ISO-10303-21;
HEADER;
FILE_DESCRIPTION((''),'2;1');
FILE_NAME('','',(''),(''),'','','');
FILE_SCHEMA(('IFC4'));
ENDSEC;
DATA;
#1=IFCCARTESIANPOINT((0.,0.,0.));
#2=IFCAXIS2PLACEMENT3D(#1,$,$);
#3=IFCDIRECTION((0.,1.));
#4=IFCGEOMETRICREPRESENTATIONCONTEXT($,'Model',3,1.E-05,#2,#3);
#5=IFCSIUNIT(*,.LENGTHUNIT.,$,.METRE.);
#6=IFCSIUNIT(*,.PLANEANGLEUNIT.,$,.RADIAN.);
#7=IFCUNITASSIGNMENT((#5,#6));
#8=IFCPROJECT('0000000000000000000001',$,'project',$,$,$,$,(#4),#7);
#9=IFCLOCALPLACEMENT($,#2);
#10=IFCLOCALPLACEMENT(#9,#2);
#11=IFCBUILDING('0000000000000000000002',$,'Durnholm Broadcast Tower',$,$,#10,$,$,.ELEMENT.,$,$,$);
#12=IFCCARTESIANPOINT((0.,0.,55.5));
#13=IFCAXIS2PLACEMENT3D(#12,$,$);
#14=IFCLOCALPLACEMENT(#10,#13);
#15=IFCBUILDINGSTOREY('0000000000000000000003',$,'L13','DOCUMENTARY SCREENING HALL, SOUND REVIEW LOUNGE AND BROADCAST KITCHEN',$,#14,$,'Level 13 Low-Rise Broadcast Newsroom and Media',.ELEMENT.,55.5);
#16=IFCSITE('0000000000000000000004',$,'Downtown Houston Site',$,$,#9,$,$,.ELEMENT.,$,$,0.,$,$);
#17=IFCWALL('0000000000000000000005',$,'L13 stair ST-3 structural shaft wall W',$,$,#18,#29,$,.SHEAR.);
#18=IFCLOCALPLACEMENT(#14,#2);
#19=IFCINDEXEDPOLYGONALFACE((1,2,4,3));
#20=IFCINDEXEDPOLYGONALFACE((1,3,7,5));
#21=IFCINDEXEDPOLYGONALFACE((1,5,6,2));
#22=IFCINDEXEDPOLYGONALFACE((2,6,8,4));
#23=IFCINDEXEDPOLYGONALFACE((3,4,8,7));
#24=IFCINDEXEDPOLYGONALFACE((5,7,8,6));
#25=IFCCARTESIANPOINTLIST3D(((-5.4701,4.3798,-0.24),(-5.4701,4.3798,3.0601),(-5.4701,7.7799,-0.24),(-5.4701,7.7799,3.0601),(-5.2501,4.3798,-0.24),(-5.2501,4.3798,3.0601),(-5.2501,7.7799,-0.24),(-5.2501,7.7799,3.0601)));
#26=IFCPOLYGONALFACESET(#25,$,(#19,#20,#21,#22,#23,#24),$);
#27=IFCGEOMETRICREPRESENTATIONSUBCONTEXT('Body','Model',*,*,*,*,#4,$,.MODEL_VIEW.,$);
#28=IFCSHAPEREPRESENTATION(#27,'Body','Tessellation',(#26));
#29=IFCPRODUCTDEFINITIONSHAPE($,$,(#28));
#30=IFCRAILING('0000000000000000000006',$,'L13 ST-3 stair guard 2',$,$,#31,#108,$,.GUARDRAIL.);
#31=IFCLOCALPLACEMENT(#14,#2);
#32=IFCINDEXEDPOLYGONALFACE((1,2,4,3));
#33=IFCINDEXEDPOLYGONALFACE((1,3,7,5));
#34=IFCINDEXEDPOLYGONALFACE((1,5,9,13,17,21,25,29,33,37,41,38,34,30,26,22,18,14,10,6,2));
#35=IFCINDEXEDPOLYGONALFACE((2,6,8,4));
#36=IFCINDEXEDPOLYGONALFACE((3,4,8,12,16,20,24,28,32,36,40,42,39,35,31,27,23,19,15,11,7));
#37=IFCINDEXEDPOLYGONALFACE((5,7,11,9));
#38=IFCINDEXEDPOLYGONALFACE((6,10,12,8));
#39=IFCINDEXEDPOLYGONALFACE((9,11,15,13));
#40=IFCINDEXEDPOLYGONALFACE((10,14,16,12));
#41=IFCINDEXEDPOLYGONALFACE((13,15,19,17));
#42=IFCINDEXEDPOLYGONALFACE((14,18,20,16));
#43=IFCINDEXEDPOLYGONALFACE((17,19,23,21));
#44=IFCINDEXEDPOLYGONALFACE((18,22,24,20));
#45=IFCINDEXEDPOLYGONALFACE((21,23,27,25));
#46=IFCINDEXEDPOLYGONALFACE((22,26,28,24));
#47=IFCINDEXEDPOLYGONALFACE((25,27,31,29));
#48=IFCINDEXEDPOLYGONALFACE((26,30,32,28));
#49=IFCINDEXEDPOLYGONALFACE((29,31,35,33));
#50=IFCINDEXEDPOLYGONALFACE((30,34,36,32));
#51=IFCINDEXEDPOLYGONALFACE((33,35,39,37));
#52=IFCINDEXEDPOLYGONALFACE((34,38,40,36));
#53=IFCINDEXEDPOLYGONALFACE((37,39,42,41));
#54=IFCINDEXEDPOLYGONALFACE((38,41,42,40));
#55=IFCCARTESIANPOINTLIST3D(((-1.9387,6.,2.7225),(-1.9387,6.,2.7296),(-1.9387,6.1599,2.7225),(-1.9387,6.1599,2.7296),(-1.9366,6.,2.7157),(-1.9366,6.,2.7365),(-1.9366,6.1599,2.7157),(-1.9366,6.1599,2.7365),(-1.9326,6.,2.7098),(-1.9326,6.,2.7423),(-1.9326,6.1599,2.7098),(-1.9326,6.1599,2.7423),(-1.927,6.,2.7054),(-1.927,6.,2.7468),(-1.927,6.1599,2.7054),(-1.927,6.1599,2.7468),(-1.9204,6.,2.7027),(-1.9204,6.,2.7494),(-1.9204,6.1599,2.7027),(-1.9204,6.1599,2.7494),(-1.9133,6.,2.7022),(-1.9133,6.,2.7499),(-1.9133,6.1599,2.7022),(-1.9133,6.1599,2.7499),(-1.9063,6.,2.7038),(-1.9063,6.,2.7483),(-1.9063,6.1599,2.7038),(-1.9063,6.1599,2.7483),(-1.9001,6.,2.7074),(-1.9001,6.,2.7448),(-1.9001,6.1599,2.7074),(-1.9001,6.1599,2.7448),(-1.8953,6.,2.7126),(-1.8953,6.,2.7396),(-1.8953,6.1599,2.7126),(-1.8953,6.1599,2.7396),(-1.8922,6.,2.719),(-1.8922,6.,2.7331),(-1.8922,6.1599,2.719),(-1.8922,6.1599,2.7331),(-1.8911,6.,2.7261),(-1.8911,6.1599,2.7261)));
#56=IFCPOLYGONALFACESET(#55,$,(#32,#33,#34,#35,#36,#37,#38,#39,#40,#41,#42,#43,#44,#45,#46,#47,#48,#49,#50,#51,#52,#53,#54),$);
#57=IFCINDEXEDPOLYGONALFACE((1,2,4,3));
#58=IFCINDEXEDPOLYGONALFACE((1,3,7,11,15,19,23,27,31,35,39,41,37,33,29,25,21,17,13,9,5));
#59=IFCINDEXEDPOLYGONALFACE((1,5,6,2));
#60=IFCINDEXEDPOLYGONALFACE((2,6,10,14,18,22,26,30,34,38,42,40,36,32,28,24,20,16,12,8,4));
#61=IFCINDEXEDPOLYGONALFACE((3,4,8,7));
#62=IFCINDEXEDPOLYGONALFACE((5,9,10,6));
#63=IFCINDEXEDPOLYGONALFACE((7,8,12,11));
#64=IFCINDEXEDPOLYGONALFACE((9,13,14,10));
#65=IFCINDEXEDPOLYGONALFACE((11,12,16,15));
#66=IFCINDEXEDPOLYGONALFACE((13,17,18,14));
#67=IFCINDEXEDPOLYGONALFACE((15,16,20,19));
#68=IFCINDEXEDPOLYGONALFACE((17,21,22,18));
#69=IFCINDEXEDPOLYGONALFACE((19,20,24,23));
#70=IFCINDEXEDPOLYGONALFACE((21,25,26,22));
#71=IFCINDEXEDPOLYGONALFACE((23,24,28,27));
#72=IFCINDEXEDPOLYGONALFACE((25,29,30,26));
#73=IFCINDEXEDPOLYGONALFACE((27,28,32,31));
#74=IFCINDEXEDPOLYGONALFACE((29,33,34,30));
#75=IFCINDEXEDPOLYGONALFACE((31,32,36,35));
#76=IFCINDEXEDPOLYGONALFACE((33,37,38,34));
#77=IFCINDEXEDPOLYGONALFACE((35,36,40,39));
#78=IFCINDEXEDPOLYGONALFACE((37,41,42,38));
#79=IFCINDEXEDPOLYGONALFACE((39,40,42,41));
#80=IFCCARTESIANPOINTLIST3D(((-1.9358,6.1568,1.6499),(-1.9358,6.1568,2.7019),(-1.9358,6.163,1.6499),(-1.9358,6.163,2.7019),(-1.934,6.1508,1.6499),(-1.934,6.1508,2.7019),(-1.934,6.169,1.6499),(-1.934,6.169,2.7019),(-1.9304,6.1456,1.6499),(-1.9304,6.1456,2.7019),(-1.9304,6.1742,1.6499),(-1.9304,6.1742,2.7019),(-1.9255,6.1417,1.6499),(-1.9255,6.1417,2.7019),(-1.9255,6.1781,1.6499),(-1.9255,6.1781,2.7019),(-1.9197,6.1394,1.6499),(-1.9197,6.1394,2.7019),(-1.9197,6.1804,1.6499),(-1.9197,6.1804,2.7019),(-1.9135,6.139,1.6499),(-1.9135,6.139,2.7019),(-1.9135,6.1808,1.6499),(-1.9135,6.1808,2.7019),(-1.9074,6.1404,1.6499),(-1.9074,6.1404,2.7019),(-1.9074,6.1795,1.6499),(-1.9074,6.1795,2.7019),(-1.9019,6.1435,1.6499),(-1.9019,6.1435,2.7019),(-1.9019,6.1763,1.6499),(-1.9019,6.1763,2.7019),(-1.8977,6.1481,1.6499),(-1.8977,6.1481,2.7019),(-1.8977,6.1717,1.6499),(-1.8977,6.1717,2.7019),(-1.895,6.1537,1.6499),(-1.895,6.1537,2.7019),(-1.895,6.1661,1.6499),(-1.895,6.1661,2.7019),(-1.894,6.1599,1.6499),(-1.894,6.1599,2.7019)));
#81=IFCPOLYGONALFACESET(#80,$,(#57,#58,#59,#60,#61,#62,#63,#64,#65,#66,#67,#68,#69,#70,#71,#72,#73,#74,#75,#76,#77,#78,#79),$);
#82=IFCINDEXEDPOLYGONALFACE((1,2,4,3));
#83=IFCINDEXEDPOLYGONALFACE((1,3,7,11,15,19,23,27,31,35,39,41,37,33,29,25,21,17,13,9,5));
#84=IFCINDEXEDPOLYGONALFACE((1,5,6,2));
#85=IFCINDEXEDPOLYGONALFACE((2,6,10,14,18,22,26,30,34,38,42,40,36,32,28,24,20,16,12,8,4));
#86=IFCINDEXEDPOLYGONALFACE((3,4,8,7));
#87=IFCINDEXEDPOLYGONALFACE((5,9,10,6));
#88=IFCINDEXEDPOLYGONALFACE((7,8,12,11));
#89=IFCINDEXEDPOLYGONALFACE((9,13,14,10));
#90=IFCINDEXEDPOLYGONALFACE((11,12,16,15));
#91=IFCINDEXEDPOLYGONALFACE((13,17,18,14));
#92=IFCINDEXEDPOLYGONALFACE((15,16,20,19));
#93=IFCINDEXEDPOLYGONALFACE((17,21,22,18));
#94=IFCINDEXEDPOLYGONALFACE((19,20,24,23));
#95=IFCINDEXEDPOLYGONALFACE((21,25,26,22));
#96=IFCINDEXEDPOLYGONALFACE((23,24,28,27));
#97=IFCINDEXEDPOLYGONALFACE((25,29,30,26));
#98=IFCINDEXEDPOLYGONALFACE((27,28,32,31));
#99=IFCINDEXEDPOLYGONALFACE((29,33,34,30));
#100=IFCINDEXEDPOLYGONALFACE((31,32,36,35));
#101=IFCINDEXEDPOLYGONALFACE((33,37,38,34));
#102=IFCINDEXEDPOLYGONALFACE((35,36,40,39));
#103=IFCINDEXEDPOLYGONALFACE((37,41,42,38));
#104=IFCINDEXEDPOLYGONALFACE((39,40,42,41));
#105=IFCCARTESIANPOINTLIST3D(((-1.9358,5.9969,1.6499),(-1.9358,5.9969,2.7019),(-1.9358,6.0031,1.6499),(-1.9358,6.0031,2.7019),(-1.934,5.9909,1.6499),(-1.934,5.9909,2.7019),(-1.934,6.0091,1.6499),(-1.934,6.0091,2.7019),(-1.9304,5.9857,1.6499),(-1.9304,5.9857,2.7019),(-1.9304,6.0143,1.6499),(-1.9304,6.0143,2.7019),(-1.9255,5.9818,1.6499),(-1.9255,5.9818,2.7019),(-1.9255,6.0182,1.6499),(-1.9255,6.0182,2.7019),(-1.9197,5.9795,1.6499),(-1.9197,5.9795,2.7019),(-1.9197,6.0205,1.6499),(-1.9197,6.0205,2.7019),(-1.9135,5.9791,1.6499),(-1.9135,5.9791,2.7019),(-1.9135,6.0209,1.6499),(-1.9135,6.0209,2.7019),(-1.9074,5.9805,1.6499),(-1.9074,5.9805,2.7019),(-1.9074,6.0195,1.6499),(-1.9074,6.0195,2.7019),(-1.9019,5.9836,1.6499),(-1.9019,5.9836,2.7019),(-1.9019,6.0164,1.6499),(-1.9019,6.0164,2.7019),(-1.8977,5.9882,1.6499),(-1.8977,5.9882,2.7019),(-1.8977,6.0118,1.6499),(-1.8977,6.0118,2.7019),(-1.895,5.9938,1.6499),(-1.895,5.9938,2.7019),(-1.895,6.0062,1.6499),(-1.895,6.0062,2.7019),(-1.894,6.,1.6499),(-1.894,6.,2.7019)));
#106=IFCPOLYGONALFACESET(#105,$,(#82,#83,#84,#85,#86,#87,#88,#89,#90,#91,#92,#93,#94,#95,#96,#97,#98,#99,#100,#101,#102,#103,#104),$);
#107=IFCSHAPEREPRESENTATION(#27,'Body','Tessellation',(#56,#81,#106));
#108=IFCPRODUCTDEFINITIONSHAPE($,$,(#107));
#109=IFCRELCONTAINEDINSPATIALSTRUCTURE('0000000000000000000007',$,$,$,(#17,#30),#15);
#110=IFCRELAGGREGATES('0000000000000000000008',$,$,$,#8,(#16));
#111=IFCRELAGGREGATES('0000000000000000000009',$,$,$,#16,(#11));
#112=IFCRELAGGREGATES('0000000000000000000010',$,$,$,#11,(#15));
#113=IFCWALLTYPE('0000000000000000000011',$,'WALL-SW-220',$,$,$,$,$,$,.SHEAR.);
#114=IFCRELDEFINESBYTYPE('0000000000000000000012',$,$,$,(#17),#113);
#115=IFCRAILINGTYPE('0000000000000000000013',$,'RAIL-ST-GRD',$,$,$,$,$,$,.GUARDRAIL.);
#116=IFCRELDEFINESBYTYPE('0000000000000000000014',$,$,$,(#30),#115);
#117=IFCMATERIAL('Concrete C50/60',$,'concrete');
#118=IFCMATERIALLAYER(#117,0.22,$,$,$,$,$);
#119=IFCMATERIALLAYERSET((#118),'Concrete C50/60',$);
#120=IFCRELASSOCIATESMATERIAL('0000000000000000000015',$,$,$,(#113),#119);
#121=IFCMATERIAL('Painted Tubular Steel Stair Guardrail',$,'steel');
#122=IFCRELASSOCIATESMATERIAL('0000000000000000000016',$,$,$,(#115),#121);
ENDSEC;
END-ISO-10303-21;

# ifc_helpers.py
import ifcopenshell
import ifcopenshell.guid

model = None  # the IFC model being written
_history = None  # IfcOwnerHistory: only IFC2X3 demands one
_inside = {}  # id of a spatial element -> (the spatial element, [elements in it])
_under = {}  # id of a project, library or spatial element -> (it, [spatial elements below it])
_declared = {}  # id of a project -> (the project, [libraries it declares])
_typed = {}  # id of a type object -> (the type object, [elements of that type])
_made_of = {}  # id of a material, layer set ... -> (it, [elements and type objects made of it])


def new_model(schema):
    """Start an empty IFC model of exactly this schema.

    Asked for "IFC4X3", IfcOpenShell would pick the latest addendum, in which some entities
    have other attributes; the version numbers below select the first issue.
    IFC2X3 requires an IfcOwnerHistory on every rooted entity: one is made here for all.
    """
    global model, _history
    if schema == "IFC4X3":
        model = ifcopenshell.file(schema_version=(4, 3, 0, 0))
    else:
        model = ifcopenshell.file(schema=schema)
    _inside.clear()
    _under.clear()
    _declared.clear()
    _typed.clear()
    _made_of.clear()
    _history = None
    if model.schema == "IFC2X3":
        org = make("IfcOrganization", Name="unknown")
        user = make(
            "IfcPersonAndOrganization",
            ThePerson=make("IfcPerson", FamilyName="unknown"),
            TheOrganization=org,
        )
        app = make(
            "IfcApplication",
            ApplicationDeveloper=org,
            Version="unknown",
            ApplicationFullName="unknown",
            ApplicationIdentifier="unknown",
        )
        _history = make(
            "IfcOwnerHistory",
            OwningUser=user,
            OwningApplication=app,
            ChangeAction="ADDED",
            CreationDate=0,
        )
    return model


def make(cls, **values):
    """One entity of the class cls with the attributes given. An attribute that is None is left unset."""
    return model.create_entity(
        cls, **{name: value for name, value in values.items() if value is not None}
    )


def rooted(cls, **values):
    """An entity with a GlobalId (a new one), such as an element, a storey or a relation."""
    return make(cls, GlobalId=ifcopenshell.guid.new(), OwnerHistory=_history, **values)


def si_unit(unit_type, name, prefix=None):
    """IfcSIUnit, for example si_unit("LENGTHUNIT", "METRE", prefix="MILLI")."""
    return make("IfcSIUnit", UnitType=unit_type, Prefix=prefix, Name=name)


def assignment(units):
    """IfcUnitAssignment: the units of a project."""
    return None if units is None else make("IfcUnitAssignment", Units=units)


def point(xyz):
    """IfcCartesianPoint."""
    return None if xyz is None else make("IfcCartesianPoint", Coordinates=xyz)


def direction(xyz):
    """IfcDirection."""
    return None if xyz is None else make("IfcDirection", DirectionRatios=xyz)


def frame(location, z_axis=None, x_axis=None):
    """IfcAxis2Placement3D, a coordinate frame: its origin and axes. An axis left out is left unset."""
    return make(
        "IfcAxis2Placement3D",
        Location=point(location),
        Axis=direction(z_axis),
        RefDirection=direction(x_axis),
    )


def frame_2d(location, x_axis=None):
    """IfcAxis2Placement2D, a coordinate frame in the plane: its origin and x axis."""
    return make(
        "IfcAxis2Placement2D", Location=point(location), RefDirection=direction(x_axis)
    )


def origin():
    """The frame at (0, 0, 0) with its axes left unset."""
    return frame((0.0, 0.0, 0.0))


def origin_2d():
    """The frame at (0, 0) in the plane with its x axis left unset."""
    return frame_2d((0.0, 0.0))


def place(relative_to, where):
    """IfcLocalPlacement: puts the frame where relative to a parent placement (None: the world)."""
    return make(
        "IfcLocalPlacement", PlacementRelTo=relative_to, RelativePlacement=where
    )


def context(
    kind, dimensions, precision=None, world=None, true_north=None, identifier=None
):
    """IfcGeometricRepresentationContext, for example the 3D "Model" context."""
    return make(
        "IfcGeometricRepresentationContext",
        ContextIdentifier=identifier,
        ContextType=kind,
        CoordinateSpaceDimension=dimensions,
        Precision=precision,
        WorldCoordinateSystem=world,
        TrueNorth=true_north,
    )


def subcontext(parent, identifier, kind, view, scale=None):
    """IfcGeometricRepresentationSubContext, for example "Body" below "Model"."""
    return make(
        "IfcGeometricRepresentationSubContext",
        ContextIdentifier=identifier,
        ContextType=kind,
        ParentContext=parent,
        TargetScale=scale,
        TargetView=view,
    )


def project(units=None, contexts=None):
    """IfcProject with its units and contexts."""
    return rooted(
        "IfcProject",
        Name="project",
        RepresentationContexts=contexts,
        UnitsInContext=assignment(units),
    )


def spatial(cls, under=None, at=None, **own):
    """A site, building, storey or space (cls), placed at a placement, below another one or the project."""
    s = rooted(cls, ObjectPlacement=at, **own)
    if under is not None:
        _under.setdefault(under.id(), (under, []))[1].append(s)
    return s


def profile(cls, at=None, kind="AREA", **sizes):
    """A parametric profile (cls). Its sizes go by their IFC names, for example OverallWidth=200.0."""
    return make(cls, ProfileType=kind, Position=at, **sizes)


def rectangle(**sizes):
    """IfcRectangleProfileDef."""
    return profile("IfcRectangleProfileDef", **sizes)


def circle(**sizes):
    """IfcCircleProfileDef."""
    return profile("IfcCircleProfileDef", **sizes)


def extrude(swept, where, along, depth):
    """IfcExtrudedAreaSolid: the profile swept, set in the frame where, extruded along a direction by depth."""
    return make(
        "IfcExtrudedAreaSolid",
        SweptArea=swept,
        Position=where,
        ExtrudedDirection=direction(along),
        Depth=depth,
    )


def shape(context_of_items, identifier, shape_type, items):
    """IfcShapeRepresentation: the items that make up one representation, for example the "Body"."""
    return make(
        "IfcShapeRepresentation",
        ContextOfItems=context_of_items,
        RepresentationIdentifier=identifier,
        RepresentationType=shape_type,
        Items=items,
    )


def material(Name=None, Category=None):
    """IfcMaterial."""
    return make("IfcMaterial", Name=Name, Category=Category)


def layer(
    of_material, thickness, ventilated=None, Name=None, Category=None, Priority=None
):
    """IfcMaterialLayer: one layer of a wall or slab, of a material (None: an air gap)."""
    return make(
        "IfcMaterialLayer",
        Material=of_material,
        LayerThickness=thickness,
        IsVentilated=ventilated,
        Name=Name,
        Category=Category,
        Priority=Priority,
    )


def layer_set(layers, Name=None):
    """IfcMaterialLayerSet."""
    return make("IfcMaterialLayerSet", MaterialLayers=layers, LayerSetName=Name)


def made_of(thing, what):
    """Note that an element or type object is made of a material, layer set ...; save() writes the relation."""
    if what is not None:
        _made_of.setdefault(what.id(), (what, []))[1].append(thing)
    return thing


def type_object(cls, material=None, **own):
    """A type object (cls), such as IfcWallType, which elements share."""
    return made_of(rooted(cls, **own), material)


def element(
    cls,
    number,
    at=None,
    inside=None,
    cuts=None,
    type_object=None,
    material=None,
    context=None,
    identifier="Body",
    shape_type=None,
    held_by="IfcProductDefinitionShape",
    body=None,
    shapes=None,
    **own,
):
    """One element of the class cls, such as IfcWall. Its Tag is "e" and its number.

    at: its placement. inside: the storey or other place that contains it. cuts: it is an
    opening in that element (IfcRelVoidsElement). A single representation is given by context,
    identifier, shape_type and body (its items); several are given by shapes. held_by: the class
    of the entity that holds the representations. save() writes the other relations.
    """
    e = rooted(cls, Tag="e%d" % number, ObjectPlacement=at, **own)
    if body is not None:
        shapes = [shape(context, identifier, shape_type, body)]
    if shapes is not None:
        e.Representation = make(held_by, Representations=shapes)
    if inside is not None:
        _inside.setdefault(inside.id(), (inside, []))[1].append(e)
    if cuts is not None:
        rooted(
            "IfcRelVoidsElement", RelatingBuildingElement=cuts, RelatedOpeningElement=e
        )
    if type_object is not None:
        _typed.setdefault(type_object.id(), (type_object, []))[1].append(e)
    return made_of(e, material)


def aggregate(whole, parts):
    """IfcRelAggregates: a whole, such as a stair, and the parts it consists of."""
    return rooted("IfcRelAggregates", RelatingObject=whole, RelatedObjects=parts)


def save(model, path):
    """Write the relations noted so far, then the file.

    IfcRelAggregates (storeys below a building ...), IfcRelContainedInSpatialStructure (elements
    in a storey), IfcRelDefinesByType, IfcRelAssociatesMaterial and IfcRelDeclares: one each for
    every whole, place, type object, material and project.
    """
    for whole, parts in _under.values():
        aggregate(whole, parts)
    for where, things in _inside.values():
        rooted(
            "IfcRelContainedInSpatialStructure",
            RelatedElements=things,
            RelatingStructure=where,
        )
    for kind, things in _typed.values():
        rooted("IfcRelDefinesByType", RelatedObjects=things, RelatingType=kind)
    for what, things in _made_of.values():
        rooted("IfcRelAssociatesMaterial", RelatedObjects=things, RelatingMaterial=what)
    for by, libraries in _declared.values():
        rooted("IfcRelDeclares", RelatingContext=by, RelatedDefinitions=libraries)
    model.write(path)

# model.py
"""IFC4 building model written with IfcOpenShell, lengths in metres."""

from ifc_helpers import new_model, si_unit, direction, frame, frame_2d, origin, origin_2d, place, context, subcontext, project, spatial, rectangle, circle, extrude, material, layer, layer_set, type_object, element, save


model = new_model("IFC4")

# Units and contexts
model_context = context("Model", 3, precision=1e-05, world=origin(), true_north=direction((0.0, 1.0)))
body_context = subcontext(model_context, "Body", "Model", "MODEL_VIEW")
ifc_project = project(units=[si_unit("LENGTHUNIT", "METRE"), si_unit("PLANEANGLEUNIT", "RADIAN")], contexts=[model_context])

# Site, building, storey
site_placement = place(None, origin())
site = spatial("IfcSite", under=ifc_project, at=site_placement, Name="Downtown Houston Site", CompositionType="ELEMENT", RefElevation=0.0)
building_placement = place(site_placement, origin())
building = spatial("IfcBuilding", under=site, at=building_placement, Name="Durnholm Broadcast Tower", CompositionType="ELEMENT")
storey_placement = place(building_placement, frame((0.0, 0.0, 55.5)))
storey = spatial("IfcBuildingStorey", under=building, at=storey_placement, Name="L13", Description="DOCUMENTARY SCREENING HALL, SOUND REVIEW LOUNGE AND BROADCAST KITCHEN", LongName="Level 13 Low-Rise Broadcast Newsroom and Media", CompositionType="ELEMENT", Elevation=55.5)

# Wall
ifc_material_1 = material(Name="Concrete C50/60", Category="concrete")
ifc_layer_1 = layer(ifc_material_1, 0.22)
ifc_layer_set_1 = layer_set([ifc_layer_1], Name="Concrete C50/60")
wall_type_1 = type_object("IfcWallType", Name="WALL-SW-220", PredefinedType="SHEAR", material=ifc_layer_set_1)
wall_1_placement = place(storey_placement, frame((-5.3601, 7.78, -0.24), z_axis=(0.0, 0.0, 1.0), x_axis=(0.0, -1.0, 0.0)))
element("IfcWall", 1, at=wall_1_placement, inside=storey, type_object=wall_type_1, Name="L13 stair ST-3 structural shaft wall W", PredefinedType="SHEAR", context=body_context, shape_type="SweptSolid", body=[
    extrude(rectangle(XDim=3.4001, YDim=0.22, at=frame_2d((1.7002, 0.0))), origin(), (0.0, 0.0, 1.0), 3.3),
])

# Railing
ifc_material_2 = material(Name="Painted Tubular Steel Stair Guardrail", Category="steel")
railing_type = type_object("IfcRailingType", Name="RAIL-ST-GRD", PredefinedType="GUARDRAIL", material=ifc_material_2)
railing_1_placement = place(storey_placement, frame((-1.915, 6.1599, 1.6499)))
element("IfcRailing", 2, at=railing_1_placement, inside=storey, type_object=railing_type, Name="L13 ST-3 stair guard 2", PredefinedType="GUARDRAIL", context=body_context, shape_type="SweptSolid", body=[
    extrude(circle(Radius=0.0239, at=origin_2d()), frame((0.0, 0.0, 1.0762), z_axis=(0.0, -1.0, 0.0), x_axis=(1.0, 0.0, 0.0)), (0.0, 0.0, 1.0), 0.1599),
    extrude(circle(Radius=0.021, at=origin_2d()), origin(), (0.0, 0.0, 1.0), 1.052),
    extrude(circle(Radius=0.021, at=origin_2d()), frame((0.0, -0.1599, 0.0)), (0.0, 0.0, 1.0), 1.052),
])

save(model, "model.ifc")
